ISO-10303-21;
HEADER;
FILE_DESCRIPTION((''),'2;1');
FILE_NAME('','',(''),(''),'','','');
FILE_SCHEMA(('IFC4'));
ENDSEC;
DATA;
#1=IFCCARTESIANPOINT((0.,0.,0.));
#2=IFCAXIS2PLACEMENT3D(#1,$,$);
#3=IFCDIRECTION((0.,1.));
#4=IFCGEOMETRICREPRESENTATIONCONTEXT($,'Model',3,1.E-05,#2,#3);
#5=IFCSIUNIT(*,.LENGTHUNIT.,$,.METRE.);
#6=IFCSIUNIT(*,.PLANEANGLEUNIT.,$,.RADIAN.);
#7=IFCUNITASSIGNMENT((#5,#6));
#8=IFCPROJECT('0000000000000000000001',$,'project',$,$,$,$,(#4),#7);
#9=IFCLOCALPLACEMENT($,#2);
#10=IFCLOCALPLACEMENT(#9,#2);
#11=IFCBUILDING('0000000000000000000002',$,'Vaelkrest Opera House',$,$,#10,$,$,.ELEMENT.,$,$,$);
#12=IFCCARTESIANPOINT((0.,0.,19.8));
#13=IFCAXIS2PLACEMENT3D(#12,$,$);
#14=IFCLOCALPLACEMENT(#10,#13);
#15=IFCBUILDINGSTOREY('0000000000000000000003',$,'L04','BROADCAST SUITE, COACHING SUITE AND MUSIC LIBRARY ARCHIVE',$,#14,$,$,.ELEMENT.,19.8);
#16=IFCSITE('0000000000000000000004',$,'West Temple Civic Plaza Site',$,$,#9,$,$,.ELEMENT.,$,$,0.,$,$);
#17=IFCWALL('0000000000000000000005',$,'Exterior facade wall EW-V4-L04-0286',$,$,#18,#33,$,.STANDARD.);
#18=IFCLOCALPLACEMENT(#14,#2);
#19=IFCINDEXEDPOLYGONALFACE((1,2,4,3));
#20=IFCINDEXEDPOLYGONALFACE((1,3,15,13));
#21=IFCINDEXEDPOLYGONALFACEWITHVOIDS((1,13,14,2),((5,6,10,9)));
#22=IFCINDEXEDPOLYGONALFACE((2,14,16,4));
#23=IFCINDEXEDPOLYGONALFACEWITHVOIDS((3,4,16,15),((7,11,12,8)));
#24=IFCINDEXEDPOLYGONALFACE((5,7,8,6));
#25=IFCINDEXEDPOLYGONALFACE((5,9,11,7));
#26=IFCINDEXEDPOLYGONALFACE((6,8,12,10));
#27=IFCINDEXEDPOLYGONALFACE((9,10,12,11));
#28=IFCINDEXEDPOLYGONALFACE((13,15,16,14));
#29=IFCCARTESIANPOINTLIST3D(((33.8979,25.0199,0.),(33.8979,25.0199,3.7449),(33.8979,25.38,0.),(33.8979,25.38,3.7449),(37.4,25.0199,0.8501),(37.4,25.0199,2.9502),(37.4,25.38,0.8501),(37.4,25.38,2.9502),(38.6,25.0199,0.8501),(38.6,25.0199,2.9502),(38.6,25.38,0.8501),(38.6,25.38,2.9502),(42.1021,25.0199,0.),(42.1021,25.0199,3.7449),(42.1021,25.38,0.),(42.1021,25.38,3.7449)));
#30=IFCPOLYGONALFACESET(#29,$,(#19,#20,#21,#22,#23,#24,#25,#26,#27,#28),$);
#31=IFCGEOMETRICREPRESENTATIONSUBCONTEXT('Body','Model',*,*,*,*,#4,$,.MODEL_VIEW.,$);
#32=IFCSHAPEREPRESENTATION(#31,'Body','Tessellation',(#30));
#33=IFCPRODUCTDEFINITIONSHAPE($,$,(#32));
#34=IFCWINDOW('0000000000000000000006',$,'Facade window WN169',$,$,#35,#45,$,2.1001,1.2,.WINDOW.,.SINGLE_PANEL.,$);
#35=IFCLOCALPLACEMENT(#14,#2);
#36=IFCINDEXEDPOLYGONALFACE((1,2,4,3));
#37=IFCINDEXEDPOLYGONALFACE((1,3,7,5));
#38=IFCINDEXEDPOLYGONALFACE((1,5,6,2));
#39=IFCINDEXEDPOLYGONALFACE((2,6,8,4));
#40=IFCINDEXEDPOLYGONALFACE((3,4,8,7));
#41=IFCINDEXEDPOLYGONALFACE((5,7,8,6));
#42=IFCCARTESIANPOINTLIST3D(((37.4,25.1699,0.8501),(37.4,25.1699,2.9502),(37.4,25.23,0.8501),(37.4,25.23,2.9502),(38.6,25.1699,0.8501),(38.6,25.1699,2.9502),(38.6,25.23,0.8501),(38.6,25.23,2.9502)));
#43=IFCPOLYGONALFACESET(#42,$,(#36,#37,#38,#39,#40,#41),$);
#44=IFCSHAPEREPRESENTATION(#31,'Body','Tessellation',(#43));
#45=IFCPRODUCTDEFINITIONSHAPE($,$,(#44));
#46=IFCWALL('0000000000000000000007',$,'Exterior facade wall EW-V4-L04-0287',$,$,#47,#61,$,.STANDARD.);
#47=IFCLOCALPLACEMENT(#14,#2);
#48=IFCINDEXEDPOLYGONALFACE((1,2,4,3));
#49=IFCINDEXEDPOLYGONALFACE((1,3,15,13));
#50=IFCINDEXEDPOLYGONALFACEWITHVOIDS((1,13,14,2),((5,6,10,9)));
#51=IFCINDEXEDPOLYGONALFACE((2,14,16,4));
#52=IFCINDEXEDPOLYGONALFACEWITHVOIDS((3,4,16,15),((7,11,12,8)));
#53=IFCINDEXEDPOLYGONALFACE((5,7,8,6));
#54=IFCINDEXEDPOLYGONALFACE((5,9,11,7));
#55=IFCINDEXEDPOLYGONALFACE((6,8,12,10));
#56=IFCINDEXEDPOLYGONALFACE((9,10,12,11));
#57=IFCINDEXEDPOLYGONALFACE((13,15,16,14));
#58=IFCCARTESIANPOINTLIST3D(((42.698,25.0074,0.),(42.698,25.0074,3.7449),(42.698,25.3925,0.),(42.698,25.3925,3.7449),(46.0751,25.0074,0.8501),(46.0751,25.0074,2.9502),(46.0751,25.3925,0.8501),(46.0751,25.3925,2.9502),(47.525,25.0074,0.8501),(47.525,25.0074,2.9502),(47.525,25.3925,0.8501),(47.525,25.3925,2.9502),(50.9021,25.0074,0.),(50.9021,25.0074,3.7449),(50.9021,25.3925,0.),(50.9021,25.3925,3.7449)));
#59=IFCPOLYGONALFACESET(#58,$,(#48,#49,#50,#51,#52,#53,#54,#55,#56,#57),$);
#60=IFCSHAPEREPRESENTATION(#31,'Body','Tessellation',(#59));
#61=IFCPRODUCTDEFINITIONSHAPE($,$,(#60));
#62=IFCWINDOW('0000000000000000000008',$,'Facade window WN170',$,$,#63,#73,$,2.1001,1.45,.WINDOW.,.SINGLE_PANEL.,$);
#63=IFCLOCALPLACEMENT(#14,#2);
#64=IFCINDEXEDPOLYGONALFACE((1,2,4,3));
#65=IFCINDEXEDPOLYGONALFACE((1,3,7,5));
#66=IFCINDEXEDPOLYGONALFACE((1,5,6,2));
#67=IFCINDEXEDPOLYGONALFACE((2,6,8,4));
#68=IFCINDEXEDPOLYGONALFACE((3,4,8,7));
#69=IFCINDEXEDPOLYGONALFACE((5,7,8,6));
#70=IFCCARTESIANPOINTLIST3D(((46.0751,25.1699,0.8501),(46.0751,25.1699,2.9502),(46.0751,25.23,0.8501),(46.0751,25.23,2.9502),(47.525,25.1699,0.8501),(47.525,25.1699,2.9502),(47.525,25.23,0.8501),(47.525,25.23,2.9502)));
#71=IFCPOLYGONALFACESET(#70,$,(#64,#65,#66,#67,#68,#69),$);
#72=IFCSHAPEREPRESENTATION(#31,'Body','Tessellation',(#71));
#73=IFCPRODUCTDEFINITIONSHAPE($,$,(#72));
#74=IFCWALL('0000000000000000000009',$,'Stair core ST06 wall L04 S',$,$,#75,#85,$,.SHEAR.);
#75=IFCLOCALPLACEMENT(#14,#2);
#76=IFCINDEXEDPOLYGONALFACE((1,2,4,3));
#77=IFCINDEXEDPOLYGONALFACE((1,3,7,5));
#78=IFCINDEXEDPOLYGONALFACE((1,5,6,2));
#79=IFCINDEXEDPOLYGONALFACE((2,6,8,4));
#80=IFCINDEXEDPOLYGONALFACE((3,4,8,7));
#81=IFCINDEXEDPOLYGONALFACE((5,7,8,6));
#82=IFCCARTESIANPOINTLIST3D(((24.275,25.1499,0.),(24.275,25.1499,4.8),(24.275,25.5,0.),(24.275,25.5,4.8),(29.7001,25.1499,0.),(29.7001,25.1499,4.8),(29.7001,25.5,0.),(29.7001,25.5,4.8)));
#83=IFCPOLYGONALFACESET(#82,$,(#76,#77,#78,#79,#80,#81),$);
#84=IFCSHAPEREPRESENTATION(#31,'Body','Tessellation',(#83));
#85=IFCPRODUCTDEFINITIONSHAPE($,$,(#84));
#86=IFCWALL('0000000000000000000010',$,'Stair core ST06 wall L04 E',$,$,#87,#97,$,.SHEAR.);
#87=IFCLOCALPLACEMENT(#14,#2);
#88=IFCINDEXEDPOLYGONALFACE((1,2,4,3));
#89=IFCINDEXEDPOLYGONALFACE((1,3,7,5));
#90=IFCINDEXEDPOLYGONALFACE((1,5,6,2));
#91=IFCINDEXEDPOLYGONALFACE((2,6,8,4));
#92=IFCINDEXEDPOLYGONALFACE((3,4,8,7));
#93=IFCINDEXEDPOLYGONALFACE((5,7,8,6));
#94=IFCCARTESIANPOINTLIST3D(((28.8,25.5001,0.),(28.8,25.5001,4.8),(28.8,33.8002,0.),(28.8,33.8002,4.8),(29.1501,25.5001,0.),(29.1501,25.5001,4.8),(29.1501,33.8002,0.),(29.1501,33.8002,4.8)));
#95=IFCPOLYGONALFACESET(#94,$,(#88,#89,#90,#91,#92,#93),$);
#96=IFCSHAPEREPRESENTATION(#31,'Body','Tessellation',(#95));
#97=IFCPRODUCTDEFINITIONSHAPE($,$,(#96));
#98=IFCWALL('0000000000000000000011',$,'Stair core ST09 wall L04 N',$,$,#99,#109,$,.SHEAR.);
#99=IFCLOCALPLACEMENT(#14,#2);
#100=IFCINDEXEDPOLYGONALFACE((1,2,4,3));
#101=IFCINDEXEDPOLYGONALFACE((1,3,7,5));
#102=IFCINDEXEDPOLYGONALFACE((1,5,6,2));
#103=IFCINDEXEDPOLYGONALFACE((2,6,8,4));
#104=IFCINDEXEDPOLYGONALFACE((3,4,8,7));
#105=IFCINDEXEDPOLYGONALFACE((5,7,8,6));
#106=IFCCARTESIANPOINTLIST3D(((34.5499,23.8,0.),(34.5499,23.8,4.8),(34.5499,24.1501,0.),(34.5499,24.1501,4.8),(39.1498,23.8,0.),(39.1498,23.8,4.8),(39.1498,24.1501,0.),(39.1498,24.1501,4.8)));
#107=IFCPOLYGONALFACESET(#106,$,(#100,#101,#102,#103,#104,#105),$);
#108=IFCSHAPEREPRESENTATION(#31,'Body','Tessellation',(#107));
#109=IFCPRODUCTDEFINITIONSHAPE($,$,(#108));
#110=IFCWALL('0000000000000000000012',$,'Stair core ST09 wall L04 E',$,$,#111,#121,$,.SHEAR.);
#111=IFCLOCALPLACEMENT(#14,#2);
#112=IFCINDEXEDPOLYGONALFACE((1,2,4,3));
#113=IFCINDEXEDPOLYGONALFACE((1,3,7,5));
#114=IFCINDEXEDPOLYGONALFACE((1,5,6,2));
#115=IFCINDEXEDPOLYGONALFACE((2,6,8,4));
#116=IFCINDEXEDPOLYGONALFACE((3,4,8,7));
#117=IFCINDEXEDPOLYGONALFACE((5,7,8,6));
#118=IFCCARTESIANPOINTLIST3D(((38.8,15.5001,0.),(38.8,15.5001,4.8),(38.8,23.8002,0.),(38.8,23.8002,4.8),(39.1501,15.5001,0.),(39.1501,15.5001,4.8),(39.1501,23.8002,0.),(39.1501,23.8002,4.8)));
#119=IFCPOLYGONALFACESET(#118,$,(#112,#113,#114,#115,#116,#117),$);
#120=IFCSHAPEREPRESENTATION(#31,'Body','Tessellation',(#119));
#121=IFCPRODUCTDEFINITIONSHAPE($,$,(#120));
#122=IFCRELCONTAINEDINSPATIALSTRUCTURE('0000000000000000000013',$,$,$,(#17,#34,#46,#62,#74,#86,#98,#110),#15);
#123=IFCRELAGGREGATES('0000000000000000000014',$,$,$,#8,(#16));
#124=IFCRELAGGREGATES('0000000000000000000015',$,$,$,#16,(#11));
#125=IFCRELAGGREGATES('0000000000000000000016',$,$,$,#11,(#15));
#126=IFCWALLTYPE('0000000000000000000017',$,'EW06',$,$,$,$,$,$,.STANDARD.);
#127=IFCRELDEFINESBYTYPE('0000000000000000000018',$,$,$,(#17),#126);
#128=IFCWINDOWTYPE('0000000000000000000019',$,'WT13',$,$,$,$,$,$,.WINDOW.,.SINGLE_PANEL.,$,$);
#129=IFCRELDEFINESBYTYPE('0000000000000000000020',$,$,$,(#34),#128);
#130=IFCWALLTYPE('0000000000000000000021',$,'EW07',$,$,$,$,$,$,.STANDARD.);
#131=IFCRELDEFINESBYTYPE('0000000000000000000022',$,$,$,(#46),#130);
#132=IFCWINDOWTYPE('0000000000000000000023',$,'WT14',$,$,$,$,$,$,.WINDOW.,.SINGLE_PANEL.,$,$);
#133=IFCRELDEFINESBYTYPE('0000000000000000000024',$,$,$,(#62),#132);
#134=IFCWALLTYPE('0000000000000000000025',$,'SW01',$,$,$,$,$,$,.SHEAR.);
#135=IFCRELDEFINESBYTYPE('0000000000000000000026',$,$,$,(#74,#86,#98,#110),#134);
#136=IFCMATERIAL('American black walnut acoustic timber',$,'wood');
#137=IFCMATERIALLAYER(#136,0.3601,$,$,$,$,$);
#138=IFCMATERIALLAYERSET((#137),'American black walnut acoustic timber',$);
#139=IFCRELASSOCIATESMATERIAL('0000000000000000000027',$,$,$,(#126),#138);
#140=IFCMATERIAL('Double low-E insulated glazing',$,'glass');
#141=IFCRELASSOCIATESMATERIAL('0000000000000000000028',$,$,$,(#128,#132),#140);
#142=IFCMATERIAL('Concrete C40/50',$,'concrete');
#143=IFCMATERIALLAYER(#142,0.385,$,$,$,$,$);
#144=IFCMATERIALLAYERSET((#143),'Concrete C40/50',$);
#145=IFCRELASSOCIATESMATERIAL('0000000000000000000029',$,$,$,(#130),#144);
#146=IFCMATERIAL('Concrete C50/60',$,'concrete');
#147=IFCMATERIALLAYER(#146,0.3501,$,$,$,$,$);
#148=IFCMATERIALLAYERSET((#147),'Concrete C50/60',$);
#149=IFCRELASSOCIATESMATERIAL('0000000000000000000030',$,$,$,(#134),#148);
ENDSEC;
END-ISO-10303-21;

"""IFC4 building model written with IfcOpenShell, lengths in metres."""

from ifc_helpers import new_model, si_unit, direction, frame, frame_2d, origin, place, context, subcontext, project, spatial, rectangle, extrude, material, layer, layer_set, type_object, element, fill, save


model = new_model("IFC4")

# Units and contexts
model_context = context("Model", 3, precision=1e-05, world=origin(), true_north=direction((0.0, 1.0)))
body_context = subcontext(model_context, "Body", "Model", "MODEL_VIEW")
ifc_project = project(units=[si_unit("LENGTHUNIT", "METRE"), si_unit("PLANEANGLEUNIT", "RADIAN")], contexts=[model_context])

# Site, building, storey
site_placement = place(None, origin())
site = spatial("IfcSite", under=ifc_project, at=site_placement, Name="West Temple Civic Plaza Site", CompositionType="ELEMENT", RefElevation=0.0)
building_placement = place(site_placement, origin())
building = spatial("IfcBuilding", under=site, at=building_placement, Name="Vaelkrest Opera House", CompositionType="ELEMENT")
storey_placement = place(building_placement, frame((0.0, 0.0, 19.8)))
storey = spatial("IfcBuildingStorey", under=building, at=storey_placement, Name="L04", Description="BROADCAST SUITE, COACHING SUITE AND MUSIC LIBRARY ARCHIVE", CompositionType="ELEMENT", Elevation=19.8)

# Shared definitions
ifc_material_1 = material(Name="Concrete C50/60", Category="concrete")

# Walls, openings, windows
ifc_material_2 = material(Name="American black walnut acoustic timber", Category="wood")
ifc_layer_1 = layer(ifc_material_2, 0.3601)
ifc_layer_set_1 = layer_set([ifc_layer_1], Name="American black walnut acoustic timber")
wall_type_1 = type_object("IfcWallType", Name="EW06", PredefinedType="STANDARD", material=ifc_layer_set_1)
wall_1_placement = place(storey_placement, frame((33.8979, 25.2, 0.0), z_axis=(0.0, 0.0, 1.0), x_axis=(1.0, 0.0, 0.0)))
wall_1 = element("IfcWall", 1, at=wall_1_placement, inside=storey, type_object=wall_type_1, Name="Exterior facade wall EW-V4-L04-0286", PredefinedType="STANDARD", context=body_context, shape_type="SweptSolid", body=[
    extrude(rectangle(XDim=8.2041, YDim=0.3601, at=frame_2d((4.1021, 0.0))), origin(), (0.0, 0.0, 1.0), 3.7449),
])
opening_1_placement = place(wall_1_placement, frame((3.502, 0.0, 0.8501)))
opening_1 = element("IfcOpeningElement", 2, at=opening_1_placement, cuts=wall_1, PredefinedType="OPENING", context=body_context, shape_type="SweptSolid", body=[
    extrude(rectangle(XDim=1.2, YDim=2.1001, at=frame_2d((0.6001, 1.05))), frame((0.0, 0.1899, 0.0), z_axis=(0.0, -1.0, 0.0), x_axis=(1.0, 0.0, 0.0)), (0.0, 0.0, 1.0), 0.3801),
])
ifc_material_3 = material(Name="Double low-E insulated glazing", Category="glass")
window_type_1 = type_object("IfcWindowType", Name="WT13", PartitioningType="SINGLE_PANEL", PredefinedType="WINDOW", material=ifc_material_3)
window_1_placement = place(opening_1_placement, origin())
window_1 = element("IfcWindow", 3, at=window_1_placement, inside=storey, type_object=window_type_1, Name="Facade window WN169", OverallHeight=2.1001, OverallWidth=1.2, PartitioningType="SINGLE_PANEL", PredefinedType="WINDOW", context=body_context, shape_type="SweptSolid", body=[
    extrude(rectangle(XDim=1.2, YDim=2.1001, at=frame_2d((0.6001, 1.05))), frame((0.0, 0.03, 0.0), z_axis=(0.0, -1.0, 0.0), x_axis=(1.0, 0.0, 0.0)), (0.0, 0.0, 1.0), 0.0601),
])
fill(opening_1, window_1)
ifc_material_4 = material(Name="Concrete C40/50", Category="concrete")
ifc_layer_2 = layer(ifc_material_4, 0.385)
ifc_layer_set_2 = layer_set([ifc_layer_2], Name="Concrete C40/50")
wall_type_2 = type_object("IfcWallType", Name="EW07", PredefinedType="STANDARD", material=ifc_layer_set_2)
wall_2_placement = place(storey_placement, frame((42.698, 25.2, 0.0), z_axis=(0.0, 0.0, 1.0), x_axis=(1.0, 0.0, 0.0)))
wall_2 = element("IfcWall", 4, at=wall_2_placement, inside=storey, type_object=wall_type_2, Name="Exterior facade wall EW-V4-L04-0287", PredefinedType="STANDARD", context=body_context, shape_type="SweptSolid", body=[
    extrude(rectangle(XDim=8.2041, YDim=0.385, at=frame_2d((4.1021, 0.0))), origin(), (0.0, 0.0, 1.0), 3.7449),
])
opening_2_placement = place(wall_2_placement, frame((3.377, 0.0, 0.8501)))
opening_2 = element("IfcOpeningElement", 5, at=opening_2_placement, cuts=wall_2, PredefinedType="OPENING", context=body_context, shape_type="SweptSolid", body=[
    extrude(rectangle(XDim=1.45, YDim=2.1001, at=frame_2d((0.7251, 1.05))), frame((0.0, 0.2024, 0.0), z_axis=(0.0, -1.0, 0.0), x_axis=(1.0, 0.0, 0.0)), (0.0, 0.0, 1.0), 0.405),
])
window_type_2 = type_object("IfcWindowType", Name="WT14", PartitioningType="SINGLE_PANEL", PredefinedType="WINDOW", material=ifc_material_3)
window_2_placement = place(opening_2_placement, origin())
window_2 = element("IfcWindow", 6, at=window_2_placement, inside=storey, type_object=window_type_2, Name="Facade window WN170", OverallHeight=2.1001, OverallWidth=1.45, PartitioningType="SINGLE_PANEL", PredefinedType="WINDOW", context=body_context, shape_type="SweptSolid", body=[
    extrude(rectangle(XDim=1.45, YDim=2.1001, at=frame_2d((0.7251, 1.05))), frame((0.0, 0.03, 0.0), z_axis=(0.0, -1.0, 0.0), x_axis=(1.0, 0.0, 0.0)), (0.0, 0.0, 1.0), 0.0601),
])
fill(opening_2, window_2)

# Walls
ifc_layer_3 = layer(ifc_material_1, 0.3501)
ifc_layer_set_3 = layer_set([ifc_layer_3], Name="Concrete C50/60")
wall_type_3 = type_object("IfcWallType", Name="SW01", PredefinedType="SHEAR", material=ifc_layer_set_3)
wall_3_placement = place(storey_placement, frame((29.7, 25.325, 0.0), z_axis=(0.0, 0.0, 1.0), x_axis=(-1.0, 0.0, 0.0)))
element("IfcWall", 7, at=wall_3_placement, inside=storey, type_object=wall_type_3, Name="Stair core ST06 wall L04 S", PredefinedType="SHEAR", context=body_context, shape_type="SweptSolid", body=[
    extrude(rectangle(XDim=5.425, YDim=0.3501, at=frame_2d((2.7124, 0.0))), origin(), (0.0, 0.0, 1.0), 4.8),
])
wall_4_placement = place(storey_placement, frame((28.9751, 33.8, 0.0), z_axis=(0.0, 0.0, 1.0), x_axis=(0.0, -1.0, 0.0)))
element("IfcWall", 8, at=wall_4_placement, inside=storey, type_object=wall_type_3, Name="Stair core ST06 wall L04 E", PredefinedType="SHEAR", context=body_context, shape_type="SweptSolid", body=[
    extrude(rectangle(XDim=8.3, YDim=0.3501, at=frame_2d((4.1499, 0.0))), origin(), (0.0, 0.0, 1.0), 4.8),
])
wall_5_placement = place(storey_placement, frame((34.55, 23.9751, 0.0), z_axis=(0.0, 0.0, 1.0), x_axis=(1.0, 0.0, 0.0)))
element("IfcWall", 9, at=wall_5_placement, inside=storey, type_object=wall_type_3, Name="Stair core ST09 wall L04 N", PredefinedType="SHEAR", context=body_context, shape_type="SweptSolid", body=[
    extrude(rectangle(XDim=4.5999, YDim=0.3501, at=frame_2d((2.2998, 0.0))), origin(), (0.0, 0.0, 1.0), 4.8),
])
wall_6_placement = place(storey_placement, frame((38.9751, 23.8, 0.0), z_axis=(0.0, 0.0, 1.0), x_axis=(0.0, -1.0, 0.0)))
element("IfcWall", 10, at=wall_6_placement, inside=storey, type_object=wall_type_3, Name="Stair core ST09 wall L04 E", PredefinedType="SHEAR", context=body_context, shape_type="SweptSolid", body=[
    extrude(rectangle(XDim=8.3, YDim=0.3501, at=frame_2d((4.1499, 0.0))), origin(), (0.0, 0.0, 1.0), 4.8),
])

save(model, "model.ifc")
